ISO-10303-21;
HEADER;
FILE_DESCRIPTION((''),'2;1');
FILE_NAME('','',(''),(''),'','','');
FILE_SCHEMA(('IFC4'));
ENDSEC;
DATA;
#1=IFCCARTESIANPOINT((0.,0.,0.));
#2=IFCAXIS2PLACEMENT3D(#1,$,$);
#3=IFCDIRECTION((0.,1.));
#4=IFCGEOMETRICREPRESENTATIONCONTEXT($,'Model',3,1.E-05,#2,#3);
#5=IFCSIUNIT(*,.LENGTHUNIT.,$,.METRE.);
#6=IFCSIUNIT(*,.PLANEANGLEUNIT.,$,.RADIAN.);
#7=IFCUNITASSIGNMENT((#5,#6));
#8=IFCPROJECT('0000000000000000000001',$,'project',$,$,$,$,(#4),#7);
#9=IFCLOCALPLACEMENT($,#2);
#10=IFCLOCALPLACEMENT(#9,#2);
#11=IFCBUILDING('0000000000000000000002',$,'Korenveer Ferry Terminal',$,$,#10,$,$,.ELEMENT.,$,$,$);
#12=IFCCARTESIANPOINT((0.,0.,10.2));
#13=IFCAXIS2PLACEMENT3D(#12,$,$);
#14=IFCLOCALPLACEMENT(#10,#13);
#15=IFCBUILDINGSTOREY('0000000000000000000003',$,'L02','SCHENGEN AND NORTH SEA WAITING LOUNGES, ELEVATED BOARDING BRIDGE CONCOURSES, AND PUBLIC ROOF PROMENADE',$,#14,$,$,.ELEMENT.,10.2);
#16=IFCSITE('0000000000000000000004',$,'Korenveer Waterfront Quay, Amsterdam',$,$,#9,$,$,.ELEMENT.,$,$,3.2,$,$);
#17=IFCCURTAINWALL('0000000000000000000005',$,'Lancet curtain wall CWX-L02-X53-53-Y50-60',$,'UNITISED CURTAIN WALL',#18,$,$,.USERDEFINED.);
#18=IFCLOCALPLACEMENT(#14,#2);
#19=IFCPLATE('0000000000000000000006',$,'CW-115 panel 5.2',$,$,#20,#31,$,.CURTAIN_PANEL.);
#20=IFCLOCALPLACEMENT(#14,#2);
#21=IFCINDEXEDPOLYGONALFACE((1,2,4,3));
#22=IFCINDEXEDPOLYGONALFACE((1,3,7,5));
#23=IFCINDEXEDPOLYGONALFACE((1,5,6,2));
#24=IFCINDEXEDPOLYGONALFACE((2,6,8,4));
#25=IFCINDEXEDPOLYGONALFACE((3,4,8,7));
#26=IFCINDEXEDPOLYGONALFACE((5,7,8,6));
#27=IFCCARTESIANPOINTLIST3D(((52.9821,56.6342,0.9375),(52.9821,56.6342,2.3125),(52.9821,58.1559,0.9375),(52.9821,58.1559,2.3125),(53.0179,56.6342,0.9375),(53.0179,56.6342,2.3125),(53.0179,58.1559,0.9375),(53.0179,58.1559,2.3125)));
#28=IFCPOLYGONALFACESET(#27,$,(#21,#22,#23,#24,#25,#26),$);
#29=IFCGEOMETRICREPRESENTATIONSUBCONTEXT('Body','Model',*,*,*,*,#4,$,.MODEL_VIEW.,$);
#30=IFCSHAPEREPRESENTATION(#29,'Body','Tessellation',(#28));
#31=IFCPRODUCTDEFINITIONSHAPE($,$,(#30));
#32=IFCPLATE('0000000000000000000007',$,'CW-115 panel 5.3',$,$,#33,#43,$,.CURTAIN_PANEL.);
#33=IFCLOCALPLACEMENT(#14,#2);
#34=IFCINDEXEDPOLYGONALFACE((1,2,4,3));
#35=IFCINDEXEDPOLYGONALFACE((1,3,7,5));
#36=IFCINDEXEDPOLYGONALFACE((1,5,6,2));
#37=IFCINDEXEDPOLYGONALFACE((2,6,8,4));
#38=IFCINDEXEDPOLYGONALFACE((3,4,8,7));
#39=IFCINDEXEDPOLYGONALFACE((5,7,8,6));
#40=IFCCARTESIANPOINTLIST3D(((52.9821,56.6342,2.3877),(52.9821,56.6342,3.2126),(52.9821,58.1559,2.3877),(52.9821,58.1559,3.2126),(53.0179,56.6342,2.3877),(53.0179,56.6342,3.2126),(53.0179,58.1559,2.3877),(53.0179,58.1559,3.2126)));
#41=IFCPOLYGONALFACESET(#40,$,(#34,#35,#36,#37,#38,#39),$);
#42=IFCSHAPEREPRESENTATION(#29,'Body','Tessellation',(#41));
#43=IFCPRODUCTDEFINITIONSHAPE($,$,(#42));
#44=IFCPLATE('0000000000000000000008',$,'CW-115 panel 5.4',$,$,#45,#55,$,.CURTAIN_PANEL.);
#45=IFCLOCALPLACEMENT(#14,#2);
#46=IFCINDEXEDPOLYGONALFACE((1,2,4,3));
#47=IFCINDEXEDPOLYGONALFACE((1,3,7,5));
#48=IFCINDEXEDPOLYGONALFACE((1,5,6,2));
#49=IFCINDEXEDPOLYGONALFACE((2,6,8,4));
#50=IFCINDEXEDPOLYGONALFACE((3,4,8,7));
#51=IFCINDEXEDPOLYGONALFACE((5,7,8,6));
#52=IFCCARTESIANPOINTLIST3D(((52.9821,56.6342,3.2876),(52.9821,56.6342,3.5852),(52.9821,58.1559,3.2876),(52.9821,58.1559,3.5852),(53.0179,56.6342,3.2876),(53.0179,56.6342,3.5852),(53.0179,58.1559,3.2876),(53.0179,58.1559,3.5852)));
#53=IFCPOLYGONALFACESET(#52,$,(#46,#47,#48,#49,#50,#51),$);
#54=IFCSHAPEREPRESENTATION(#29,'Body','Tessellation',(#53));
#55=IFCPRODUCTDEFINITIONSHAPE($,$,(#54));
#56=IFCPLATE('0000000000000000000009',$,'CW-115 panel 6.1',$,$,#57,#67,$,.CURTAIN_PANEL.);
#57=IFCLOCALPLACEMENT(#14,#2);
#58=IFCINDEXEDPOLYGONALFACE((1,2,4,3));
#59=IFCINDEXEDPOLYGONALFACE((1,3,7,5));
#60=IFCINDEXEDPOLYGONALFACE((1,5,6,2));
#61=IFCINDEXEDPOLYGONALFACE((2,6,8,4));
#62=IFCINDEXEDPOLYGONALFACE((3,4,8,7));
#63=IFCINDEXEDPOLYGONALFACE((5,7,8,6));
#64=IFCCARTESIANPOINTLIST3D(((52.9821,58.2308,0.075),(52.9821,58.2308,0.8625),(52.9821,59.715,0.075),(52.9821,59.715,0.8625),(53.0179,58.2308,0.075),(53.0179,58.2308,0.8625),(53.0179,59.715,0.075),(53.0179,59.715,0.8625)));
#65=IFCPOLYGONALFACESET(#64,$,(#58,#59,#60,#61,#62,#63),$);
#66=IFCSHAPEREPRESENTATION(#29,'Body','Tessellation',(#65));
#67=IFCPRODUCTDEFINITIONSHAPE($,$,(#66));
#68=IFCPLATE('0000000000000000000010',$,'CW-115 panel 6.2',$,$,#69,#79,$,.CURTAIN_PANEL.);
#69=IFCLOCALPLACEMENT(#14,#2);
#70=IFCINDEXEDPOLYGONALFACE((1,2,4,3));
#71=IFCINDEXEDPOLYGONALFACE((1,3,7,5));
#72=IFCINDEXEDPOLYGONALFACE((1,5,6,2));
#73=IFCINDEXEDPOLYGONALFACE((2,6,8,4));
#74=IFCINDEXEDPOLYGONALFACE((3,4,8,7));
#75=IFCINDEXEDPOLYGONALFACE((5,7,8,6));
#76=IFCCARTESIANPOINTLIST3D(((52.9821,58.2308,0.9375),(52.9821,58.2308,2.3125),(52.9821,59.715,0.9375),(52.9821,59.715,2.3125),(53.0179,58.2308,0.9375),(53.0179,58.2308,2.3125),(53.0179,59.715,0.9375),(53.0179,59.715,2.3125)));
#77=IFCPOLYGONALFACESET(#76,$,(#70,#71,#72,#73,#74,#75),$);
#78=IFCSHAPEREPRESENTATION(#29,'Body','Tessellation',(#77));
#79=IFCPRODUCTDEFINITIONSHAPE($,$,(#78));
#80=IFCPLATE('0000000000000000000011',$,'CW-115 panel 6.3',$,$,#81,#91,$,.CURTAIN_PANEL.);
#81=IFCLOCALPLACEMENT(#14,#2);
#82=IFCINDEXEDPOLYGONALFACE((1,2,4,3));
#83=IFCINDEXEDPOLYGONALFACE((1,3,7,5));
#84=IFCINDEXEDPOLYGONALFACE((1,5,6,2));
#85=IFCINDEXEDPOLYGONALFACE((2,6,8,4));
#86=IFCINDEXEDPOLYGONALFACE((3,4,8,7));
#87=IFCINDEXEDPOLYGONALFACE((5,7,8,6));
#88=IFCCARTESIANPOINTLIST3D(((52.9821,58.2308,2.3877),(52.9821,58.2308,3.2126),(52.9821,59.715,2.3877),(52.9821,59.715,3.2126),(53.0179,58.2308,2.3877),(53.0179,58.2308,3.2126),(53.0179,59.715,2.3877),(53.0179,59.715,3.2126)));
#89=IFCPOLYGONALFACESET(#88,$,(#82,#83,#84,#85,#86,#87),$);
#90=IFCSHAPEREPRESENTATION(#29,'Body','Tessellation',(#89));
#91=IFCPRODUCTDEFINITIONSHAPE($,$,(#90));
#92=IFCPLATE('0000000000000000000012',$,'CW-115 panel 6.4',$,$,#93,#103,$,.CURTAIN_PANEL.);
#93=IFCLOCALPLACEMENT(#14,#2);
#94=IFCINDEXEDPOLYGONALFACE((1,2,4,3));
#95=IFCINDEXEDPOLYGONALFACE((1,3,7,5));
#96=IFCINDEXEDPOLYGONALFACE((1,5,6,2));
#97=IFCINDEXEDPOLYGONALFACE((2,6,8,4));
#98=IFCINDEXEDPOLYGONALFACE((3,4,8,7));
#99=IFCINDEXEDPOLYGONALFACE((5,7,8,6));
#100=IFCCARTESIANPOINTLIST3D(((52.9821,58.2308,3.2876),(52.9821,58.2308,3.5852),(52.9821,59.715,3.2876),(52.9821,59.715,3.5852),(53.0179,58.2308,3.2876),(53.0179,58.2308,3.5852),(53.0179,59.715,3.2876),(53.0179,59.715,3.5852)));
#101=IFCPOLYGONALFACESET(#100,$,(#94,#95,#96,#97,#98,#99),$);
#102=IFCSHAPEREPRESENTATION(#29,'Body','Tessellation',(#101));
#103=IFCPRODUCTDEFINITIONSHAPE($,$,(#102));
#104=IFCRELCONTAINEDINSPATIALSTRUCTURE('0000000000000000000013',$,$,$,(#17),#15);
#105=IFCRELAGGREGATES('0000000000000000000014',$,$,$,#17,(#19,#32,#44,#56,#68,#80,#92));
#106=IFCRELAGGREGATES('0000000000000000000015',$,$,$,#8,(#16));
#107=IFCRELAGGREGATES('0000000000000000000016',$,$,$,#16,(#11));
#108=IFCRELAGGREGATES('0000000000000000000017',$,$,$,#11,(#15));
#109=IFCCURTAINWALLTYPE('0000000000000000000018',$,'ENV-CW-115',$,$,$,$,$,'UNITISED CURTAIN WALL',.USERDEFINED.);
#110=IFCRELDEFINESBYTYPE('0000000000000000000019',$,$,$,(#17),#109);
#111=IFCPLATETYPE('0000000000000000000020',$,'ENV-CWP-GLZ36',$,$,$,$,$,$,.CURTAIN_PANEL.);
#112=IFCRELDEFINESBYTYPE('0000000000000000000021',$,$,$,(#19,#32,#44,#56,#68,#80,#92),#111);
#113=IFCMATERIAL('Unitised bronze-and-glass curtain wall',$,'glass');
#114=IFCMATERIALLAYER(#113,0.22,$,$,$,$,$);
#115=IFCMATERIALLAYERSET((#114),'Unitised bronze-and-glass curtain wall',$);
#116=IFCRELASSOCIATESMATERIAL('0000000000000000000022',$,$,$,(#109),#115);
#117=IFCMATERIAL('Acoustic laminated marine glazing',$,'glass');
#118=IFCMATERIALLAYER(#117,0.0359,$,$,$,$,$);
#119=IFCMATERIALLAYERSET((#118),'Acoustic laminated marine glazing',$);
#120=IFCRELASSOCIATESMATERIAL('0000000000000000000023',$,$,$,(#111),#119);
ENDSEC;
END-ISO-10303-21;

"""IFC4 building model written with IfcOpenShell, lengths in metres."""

from ifc_helpers import new_model, si_unit, direction, frame, origin, origin_2d, place, context, subcontext, project, spatial, rectangle, extrude, material, layer, layer_set, type_object, element, aggregate, save


model = new_model("IFC4")

# Units and contexts
model_context = context("Model", 3, precision=1e-05, world=origin(), true_north=direction((0.0, 1.0)))
body_context = subcontext(model_context, "Body", "Model", "MODEL_VIEW")
ifc_project = project(units=[si_unit("LENGTHUNIT", "METRE"), si_unit("PLANEANGLEUNIT", "RADIAN")], contexts=[model_context])

# Site, building, storey
site_placement = place(None, origin())
site = spatial("IfcSite", under=ifc_project, at=site_placement, Name="Korenveer Waterfront Quay, Amsterdam", CompositionType="ELEMENT", RefElevation=3.2)
building_placement = place(site_placement, origin())
building = spatial("IfcBuilding", under=site, at=building_placement, Name="Korenveer Ferry Terminal", CompositionType="ELEMENT")
storey_placement = place(building_placement, frame((0.0, 0.0, 10.2)))
storey = spatial("IfcBuildingStorey", under=building, at=storey_placement, Name="L02", Description="SCHENGEN AND NORTH SEA WAITING LOUNGES, ELEVATED BOARDING BRIDGE CONCOURSES, AND PUBLIC ROOF PROMENADE", CompositionType="ELEMENT", Elevation=10.2)

# Shared definitions
ifc_material_1 = material(Name="Unitised bronze-and-glass curtain wall", Category="glass")

# Curtain wall
ifc_layer_1 = layer(ifc_material_1, 0.22)
ifc_layer_set_1 = layer_set([ifc_layer_1], Name="Unitised bronze-and-glass curtain wall")
curtain_wall_type_1 = type_object("IfcCurtainWallType", Name="ENV-CW-115", ElementType="UNITISED CURTAIN WALL", PredefinedType="USERDEFINED", material=ifc_layer_set_1)
curtain_wall_1_placement = place(storey_placement, frame((53.0, 50.21, 0.0)))
curtain_wall_1 = element("IfcCurtainWall", 1, at=curtain_wall_1_placement, inside=storey, type_object=curtain_wall_type_1, Name="Lancet curtain wall CWX-L02-X53-53-Y50-60", ObjectType="UNITISED CURTAIN WALL", PredefinedType="USERDEFINED")

# Plates
ifc_material_2 = material(Name="Acoustic laminated marine glazing", Category="glass")
ifc_layer_2 = layer(ifc_material_2, 0.0359)
ifc_layer_set_2 = layer_set([ifc_layer_2], Name="Acoustic laminated marine glazing")
plate_type = type_object("IfcPlateType", Name="ENV-CWP-GLZ36", PredefinedType="CURTAIN_PANEL", material=ifc_layer_set_2)
plate_1_placement = place(storey_placement, frame((53.0, 57.395, 0.9375), z_axis=(0.0, 0.0, 1.0), x_axis=(0.0, 1.0, 0.0)))
plate_1 = element("IfcPlate", 2, at=plate_1_placement, type_object=plate_type, Name="CW-115 panel 5.2", PredefinedType="CURTAIN_PANEL", context=body_context, shape_type="SweptSolid", body=[
    extrude(rectangle(XDim=1.5217, YDim=0.0359, at=origin_2d()), origin(), (0.0, 0.0, 1.0), 1.375),
])
plate_2_placement = place(storey_placement, frame((53.0, 57.395, 2.3877), z_axis=(0.0, 0.0, 1.0), x_axis=(0.0, 1.0, 0.0)))
plate_2 = element("IfcPlate", 3, at=plate_2_placement, type_object=plate_type, Name="CW-115 panel 5.3", PredefinedType="CURTAIN_PANEL", context=body_context, shape_type="SweptSolid", body=[
    extrude(rectangle(XDim=1.5217, YDim=0.0359, at=origin_2d()), origin(), (0.0, 0.0, 1.0), 0.825),
])
plate_3_placement = place(storey_placement, frame((53.0, 57.395, 3.2876), z_axis=(0.0, 0.0, 1.0), x_axis=(0.0, 1.0, 0.0)))
plate_3 = element("IfcPlate", 4, at=plate_3_placement, type_object=plate_type, Name="CW-115 panel 5.4", PredefinedType="CURTAIN_PANEL", context=body_context, shape_type="SweptSolid", body=[
    extrude(rectangle(XDim=1.5217, YDim=0.0359, at=origin_2d()), origin(), (0.0, 0.0, 1.0), 0.2976),
])
plate_4_placement = place(storey_placement, frame((53.0, 58.9729, 0.075), z_axis=(0.0, 0.0, 1.0), x_axis=(0.0, 1.0, 0.0)))
plate_4 = element("IfcPlate", 5, at=plate_4_placement, type_object=plate_type, Name="CW-115 panel 6.1", PredefinedType="CURTAIN_PANEL", context=body_context, shape_type="SweptSolid", body=[
    extrude(rectangle(XDim=1.4841, YDim=0.0359, at=origin_2d()), origin(), (0.0, 0.0, 1.0), 0.7876),
])
plate_5_placement = place(storey_placement, frame((53.0, 58.9729, 0.9375), z_axis=(0.0, 0.0, 1.0), x_axis=(0.0, 1.0, 0.0)))
plate_5 = element("IfcPlate", 6, at=plate_5_placement, type_object=plate_type, Name="CW-115 panel 6.2", PredefinedType="CURTAIN_PANEL", context=body_context, shape_type="SweptSolid", body=[
    extrude(rectangle(XDim=1.4841, YDim=0.0359, at=origin_2d()), origin(), (0.0, 0.0, 1.0), 1.375),
])
plate_6_placement = place(storey_placement, frame((53.0, 58.9729, 2.3877), z_axis=(0.0, 0.0, 1.0), x_axis=(0.0, 1.0, 0.0)))
plate_6 = element("IfcPlate", 7, at=plate_6_placement, type_object=plate_type, Name="CW-115 panel 6.3", PredefinedType="CURTAIN_PANEL", context=body_context, shape_type="SweptSolid", body=[
    extrude(rectangle(XDim=1.4841, YDim=0.0359, at=origin_2d()), origin(), (0.0, 0.0, 1.0), 0.825),
])
plate_7_placement = place(storey_placement, frame((53.0, 58.9729, 3.2876), z_axis=(0.0, 0.0, 1.0), x_axis=(0.0, 1.0, 0.0)))
plate_7 = element("IfcPlate", 8, at=plate_7_placement, type_object=plate_type, Name="CW-115 panel 6.4", PredefinedType="CURTAIN_PANEL", context=body_context, shape_type="SweptSolid", body=[
    extrude(rectangle(XDim=1.4841, YDim=0.0359, at=origin_2d()), origin(), (0.0, 0.0, 1.0), 0.2976),
])
aggregate(curtain_wall_1, [plate_1, plate_2, plate_3, plate_4, plate_5, plate_6, plate_7])

save(model, "model.ifc")
